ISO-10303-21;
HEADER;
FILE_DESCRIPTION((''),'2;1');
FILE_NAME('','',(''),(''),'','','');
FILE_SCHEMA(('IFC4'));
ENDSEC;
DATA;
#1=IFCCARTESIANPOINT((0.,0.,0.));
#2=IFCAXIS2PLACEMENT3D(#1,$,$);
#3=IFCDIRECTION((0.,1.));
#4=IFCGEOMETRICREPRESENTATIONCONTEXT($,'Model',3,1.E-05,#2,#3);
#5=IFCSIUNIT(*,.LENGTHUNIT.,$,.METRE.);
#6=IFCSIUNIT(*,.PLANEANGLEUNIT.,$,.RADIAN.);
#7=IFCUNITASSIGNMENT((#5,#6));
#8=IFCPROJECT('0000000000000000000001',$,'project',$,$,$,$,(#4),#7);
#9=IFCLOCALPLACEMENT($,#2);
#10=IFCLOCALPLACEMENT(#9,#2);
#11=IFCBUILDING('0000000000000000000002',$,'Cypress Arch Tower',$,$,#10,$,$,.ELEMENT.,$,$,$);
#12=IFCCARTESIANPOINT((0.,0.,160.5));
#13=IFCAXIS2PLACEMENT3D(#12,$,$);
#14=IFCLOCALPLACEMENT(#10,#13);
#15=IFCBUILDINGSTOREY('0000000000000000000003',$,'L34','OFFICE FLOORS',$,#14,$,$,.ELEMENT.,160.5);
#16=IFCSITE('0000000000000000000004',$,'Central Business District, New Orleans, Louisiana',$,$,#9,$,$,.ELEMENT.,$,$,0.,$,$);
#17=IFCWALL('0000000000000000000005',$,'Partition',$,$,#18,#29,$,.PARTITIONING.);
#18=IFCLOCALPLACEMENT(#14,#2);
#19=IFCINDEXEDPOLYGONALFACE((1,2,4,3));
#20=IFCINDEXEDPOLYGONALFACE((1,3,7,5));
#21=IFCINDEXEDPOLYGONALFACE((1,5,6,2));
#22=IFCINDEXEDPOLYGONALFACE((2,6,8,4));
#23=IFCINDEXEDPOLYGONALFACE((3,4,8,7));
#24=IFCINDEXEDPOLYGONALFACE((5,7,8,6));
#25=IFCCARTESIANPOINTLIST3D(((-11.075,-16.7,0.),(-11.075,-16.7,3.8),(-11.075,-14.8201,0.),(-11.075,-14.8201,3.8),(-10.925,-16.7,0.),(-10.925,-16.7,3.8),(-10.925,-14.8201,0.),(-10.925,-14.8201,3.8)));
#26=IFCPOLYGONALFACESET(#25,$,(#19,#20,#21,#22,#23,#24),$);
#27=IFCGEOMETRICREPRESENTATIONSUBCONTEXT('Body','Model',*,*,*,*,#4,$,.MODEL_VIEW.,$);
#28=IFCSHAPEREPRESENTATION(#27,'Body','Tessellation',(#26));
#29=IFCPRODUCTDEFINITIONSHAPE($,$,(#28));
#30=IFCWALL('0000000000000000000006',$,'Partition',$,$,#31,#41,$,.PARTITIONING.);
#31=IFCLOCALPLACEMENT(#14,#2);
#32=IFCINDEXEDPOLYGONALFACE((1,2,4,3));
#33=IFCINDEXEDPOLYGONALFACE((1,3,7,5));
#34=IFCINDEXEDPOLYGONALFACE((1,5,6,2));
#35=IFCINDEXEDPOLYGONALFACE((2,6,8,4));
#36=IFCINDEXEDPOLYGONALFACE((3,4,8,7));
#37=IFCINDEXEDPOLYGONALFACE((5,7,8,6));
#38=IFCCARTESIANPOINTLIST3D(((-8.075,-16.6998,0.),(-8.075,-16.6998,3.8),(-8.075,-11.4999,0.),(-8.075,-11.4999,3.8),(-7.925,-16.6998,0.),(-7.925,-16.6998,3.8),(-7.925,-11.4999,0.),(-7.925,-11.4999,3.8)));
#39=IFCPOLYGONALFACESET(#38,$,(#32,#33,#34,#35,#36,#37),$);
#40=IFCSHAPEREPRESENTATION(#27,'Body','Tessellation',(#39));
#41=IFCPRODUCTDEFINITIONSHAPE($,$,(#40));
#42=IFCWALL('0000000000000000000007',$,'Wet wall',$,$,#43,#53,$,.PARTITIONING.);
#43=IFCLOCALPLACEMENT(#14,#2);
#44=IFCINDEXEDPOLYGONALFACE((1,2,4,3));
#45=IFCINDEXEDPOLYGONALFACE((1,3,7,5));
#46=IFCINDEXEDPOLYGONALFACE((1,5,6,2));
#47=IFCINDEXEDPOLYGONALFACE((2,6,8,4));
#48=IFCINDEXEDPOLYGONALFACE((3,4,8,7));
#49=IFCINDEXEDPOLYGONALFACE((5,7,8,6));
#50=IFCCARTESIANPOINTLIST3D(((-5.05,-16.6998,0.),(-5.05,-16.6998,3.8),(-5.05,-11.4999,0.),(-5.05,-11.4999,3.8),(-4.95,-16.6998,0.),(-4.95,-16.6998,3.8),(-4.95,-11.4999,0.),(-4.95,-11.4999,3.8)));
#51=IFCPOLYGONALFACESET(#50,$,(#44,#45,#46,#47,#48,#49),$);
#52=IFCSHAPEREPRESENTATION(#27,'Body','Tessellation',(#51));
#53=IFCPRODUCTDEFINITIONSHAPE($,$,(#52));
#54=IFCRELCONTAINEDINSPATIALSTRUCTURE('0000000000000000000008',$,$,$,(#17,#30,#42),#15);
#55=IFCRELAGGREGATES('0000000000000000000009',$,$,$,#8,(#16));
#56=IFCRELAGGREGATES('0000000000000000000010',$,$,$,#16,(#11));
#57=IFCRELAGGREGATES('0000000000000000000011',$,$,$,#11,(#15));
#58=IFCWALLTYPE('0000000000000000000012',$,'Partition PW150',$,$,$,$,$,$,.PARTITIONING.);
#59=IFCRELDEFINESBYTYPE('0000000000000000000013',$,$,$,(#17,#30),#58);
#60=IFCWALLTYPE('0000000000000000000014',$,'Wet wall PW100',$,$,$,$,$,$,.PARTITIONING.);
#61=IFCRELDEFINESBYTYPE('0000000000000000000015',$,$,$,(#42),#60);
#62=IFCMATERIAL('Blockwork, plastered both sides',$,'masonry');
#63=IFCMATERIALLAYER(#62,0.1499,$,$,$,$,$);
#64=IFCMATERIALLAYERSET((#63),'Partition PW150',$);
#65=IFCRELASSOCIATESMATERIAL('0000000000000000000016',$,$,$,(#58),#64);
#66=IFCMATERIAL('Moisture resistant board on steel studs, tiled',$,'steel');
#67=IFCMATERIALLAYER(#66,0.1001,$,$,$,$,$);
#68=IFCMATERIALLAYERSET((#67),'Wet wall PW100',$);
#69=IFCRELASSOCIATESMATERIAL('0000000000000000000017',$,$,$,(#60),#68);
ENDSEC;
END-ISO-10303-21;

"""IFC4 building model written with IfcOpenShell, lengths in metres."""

from ifc_helpers import new_model, si_unit, direction, frame, frame_2d, origin, place, context, subcontext, project, spatial, rectangle, extrude, material, layer, layer_set, type_object, element, save


model = new_model("IFC4")

# Units and contexts
model_context = context("Model", 3, precision=1e-05, world=origin(), true_north=direction((0.0, 1.0)))
body_context = subcontext(model_context, "Body", "Model", "MODEL_VIEW")
ifc_project = project(units=[si_unit("LENGTHUNIT", "METRE"), si_unit("PLANEANGLEUNIT", "RADIAN")], contexts=[model_context])

# Site, building, storey
site_placement = place(None, origin())
site = spatial("IfcSite", under=ifc_project, at=site_placement, Name="Central Business District, New Orleans, Louisiana", CompositionType="ELEMENT", RefElevation=0.0)
building_placement = place(site_placement, origin())
building = spatial("IfcBuilding", under=site, at=building_placement, Name="Cypress Arch Tower", CompositionType="ELEMENT")
storey_placement = place(building_placement, frame((0.0, 0.0, 160.5)))
storey = spatial("IfcBuildingStorey", under=building, at=storey_placement, Name="L34", Description="OFFICE FLOORS", CompositionType="ELEMENT", Elevation=160.5)

# Walls
ifc_material_1 = material(Name="Blockwork, plastered both sides", Category="masonry")
ifc_layer_1 = layer(ifc_material_1, 0.1499)
ifc_layer_set_1 = layer_set([ifc_layer_1], Name="Partition PW150")
wall_type_1 = type_object("IfcWallType", Name="Partition PW150", PredefinedType="PARTITIONING", material=ifc_layer_set_1)
wall_1_placement = place(storey_placement, frame((-11.0, -16.7, 0.0), z_axis=(0.0, 0.0, 1.0), x_axis=(0.0, 1.0, 0.0)))
element("IfcWall", 1, at=wall_1_placement, inside=storey, type_object=wall_type_1, Name="Partition", PredefinedType="PARTITIONING", context=body_context, shape_type="SweptSolid", body=[
    extrude(rectangle(XDim=1.8799, YDim=0.1499, at=frame_2d((0.9399, 0.0))), origin(), (0.0, 0.0, 1.0), 3.8),
])
wall_2_placement = place(storey_placement, frame((-8.0, -16.7, 0.0), z_axis=(0.0, 0.0, 1.0), x_axis=(0.0, 1.0, 0.0)))
element("IfcWall", 2, at=wall_2_placement, inside=storey, type_object=wall_type_1, Name="Partition", PredefinedType="PARTITIONING", context=body_context, shape_type="SweptSolid", body=[
    extrude(rectangle(XDim=5.2, YDim=0.1499, at=frame_2d((2.6001, 0.0))), origin(), (0.0, 0.0, 1.0), 3.8),
])
ifc_material_2 = material(Name="Moisture resistant board on steel studs, tiled", Category="steel")
ifc_layer_2 = layer(ifc_material_2, 0.1001)
ifc_layer_set_2 = layer_set([ifc_layer_2], Name="Wet wall PW100")
wall_type_2 = type_object("IfcWallType", Name="Wet wall PW100", PredefinedType="PARTITIONING", material=ifc_layer_set_2)
wall_3_placement = place(storey_placement, frame((-5.0, -16.7, 0.0), z_axis=(0.0, 0.0, 1.0), x_axis=(0.0, 1.0, 0.0)))
element("IfcWall", 3, at=wall_3_placement, inside=storey, type_object=wall_type_2, Name="Wet wall", PredefinedType="PARTITIONING", context=body_context, shape_type="SweptSolid", body=[
    extrude(rectangle(XDim=5.2, YDim=0.1001, at=frame_2d((2.6001, 0.0))), origin(), (0.0, 0.0, 1.0), 3.8),
])

save(model, "model.ifc")
